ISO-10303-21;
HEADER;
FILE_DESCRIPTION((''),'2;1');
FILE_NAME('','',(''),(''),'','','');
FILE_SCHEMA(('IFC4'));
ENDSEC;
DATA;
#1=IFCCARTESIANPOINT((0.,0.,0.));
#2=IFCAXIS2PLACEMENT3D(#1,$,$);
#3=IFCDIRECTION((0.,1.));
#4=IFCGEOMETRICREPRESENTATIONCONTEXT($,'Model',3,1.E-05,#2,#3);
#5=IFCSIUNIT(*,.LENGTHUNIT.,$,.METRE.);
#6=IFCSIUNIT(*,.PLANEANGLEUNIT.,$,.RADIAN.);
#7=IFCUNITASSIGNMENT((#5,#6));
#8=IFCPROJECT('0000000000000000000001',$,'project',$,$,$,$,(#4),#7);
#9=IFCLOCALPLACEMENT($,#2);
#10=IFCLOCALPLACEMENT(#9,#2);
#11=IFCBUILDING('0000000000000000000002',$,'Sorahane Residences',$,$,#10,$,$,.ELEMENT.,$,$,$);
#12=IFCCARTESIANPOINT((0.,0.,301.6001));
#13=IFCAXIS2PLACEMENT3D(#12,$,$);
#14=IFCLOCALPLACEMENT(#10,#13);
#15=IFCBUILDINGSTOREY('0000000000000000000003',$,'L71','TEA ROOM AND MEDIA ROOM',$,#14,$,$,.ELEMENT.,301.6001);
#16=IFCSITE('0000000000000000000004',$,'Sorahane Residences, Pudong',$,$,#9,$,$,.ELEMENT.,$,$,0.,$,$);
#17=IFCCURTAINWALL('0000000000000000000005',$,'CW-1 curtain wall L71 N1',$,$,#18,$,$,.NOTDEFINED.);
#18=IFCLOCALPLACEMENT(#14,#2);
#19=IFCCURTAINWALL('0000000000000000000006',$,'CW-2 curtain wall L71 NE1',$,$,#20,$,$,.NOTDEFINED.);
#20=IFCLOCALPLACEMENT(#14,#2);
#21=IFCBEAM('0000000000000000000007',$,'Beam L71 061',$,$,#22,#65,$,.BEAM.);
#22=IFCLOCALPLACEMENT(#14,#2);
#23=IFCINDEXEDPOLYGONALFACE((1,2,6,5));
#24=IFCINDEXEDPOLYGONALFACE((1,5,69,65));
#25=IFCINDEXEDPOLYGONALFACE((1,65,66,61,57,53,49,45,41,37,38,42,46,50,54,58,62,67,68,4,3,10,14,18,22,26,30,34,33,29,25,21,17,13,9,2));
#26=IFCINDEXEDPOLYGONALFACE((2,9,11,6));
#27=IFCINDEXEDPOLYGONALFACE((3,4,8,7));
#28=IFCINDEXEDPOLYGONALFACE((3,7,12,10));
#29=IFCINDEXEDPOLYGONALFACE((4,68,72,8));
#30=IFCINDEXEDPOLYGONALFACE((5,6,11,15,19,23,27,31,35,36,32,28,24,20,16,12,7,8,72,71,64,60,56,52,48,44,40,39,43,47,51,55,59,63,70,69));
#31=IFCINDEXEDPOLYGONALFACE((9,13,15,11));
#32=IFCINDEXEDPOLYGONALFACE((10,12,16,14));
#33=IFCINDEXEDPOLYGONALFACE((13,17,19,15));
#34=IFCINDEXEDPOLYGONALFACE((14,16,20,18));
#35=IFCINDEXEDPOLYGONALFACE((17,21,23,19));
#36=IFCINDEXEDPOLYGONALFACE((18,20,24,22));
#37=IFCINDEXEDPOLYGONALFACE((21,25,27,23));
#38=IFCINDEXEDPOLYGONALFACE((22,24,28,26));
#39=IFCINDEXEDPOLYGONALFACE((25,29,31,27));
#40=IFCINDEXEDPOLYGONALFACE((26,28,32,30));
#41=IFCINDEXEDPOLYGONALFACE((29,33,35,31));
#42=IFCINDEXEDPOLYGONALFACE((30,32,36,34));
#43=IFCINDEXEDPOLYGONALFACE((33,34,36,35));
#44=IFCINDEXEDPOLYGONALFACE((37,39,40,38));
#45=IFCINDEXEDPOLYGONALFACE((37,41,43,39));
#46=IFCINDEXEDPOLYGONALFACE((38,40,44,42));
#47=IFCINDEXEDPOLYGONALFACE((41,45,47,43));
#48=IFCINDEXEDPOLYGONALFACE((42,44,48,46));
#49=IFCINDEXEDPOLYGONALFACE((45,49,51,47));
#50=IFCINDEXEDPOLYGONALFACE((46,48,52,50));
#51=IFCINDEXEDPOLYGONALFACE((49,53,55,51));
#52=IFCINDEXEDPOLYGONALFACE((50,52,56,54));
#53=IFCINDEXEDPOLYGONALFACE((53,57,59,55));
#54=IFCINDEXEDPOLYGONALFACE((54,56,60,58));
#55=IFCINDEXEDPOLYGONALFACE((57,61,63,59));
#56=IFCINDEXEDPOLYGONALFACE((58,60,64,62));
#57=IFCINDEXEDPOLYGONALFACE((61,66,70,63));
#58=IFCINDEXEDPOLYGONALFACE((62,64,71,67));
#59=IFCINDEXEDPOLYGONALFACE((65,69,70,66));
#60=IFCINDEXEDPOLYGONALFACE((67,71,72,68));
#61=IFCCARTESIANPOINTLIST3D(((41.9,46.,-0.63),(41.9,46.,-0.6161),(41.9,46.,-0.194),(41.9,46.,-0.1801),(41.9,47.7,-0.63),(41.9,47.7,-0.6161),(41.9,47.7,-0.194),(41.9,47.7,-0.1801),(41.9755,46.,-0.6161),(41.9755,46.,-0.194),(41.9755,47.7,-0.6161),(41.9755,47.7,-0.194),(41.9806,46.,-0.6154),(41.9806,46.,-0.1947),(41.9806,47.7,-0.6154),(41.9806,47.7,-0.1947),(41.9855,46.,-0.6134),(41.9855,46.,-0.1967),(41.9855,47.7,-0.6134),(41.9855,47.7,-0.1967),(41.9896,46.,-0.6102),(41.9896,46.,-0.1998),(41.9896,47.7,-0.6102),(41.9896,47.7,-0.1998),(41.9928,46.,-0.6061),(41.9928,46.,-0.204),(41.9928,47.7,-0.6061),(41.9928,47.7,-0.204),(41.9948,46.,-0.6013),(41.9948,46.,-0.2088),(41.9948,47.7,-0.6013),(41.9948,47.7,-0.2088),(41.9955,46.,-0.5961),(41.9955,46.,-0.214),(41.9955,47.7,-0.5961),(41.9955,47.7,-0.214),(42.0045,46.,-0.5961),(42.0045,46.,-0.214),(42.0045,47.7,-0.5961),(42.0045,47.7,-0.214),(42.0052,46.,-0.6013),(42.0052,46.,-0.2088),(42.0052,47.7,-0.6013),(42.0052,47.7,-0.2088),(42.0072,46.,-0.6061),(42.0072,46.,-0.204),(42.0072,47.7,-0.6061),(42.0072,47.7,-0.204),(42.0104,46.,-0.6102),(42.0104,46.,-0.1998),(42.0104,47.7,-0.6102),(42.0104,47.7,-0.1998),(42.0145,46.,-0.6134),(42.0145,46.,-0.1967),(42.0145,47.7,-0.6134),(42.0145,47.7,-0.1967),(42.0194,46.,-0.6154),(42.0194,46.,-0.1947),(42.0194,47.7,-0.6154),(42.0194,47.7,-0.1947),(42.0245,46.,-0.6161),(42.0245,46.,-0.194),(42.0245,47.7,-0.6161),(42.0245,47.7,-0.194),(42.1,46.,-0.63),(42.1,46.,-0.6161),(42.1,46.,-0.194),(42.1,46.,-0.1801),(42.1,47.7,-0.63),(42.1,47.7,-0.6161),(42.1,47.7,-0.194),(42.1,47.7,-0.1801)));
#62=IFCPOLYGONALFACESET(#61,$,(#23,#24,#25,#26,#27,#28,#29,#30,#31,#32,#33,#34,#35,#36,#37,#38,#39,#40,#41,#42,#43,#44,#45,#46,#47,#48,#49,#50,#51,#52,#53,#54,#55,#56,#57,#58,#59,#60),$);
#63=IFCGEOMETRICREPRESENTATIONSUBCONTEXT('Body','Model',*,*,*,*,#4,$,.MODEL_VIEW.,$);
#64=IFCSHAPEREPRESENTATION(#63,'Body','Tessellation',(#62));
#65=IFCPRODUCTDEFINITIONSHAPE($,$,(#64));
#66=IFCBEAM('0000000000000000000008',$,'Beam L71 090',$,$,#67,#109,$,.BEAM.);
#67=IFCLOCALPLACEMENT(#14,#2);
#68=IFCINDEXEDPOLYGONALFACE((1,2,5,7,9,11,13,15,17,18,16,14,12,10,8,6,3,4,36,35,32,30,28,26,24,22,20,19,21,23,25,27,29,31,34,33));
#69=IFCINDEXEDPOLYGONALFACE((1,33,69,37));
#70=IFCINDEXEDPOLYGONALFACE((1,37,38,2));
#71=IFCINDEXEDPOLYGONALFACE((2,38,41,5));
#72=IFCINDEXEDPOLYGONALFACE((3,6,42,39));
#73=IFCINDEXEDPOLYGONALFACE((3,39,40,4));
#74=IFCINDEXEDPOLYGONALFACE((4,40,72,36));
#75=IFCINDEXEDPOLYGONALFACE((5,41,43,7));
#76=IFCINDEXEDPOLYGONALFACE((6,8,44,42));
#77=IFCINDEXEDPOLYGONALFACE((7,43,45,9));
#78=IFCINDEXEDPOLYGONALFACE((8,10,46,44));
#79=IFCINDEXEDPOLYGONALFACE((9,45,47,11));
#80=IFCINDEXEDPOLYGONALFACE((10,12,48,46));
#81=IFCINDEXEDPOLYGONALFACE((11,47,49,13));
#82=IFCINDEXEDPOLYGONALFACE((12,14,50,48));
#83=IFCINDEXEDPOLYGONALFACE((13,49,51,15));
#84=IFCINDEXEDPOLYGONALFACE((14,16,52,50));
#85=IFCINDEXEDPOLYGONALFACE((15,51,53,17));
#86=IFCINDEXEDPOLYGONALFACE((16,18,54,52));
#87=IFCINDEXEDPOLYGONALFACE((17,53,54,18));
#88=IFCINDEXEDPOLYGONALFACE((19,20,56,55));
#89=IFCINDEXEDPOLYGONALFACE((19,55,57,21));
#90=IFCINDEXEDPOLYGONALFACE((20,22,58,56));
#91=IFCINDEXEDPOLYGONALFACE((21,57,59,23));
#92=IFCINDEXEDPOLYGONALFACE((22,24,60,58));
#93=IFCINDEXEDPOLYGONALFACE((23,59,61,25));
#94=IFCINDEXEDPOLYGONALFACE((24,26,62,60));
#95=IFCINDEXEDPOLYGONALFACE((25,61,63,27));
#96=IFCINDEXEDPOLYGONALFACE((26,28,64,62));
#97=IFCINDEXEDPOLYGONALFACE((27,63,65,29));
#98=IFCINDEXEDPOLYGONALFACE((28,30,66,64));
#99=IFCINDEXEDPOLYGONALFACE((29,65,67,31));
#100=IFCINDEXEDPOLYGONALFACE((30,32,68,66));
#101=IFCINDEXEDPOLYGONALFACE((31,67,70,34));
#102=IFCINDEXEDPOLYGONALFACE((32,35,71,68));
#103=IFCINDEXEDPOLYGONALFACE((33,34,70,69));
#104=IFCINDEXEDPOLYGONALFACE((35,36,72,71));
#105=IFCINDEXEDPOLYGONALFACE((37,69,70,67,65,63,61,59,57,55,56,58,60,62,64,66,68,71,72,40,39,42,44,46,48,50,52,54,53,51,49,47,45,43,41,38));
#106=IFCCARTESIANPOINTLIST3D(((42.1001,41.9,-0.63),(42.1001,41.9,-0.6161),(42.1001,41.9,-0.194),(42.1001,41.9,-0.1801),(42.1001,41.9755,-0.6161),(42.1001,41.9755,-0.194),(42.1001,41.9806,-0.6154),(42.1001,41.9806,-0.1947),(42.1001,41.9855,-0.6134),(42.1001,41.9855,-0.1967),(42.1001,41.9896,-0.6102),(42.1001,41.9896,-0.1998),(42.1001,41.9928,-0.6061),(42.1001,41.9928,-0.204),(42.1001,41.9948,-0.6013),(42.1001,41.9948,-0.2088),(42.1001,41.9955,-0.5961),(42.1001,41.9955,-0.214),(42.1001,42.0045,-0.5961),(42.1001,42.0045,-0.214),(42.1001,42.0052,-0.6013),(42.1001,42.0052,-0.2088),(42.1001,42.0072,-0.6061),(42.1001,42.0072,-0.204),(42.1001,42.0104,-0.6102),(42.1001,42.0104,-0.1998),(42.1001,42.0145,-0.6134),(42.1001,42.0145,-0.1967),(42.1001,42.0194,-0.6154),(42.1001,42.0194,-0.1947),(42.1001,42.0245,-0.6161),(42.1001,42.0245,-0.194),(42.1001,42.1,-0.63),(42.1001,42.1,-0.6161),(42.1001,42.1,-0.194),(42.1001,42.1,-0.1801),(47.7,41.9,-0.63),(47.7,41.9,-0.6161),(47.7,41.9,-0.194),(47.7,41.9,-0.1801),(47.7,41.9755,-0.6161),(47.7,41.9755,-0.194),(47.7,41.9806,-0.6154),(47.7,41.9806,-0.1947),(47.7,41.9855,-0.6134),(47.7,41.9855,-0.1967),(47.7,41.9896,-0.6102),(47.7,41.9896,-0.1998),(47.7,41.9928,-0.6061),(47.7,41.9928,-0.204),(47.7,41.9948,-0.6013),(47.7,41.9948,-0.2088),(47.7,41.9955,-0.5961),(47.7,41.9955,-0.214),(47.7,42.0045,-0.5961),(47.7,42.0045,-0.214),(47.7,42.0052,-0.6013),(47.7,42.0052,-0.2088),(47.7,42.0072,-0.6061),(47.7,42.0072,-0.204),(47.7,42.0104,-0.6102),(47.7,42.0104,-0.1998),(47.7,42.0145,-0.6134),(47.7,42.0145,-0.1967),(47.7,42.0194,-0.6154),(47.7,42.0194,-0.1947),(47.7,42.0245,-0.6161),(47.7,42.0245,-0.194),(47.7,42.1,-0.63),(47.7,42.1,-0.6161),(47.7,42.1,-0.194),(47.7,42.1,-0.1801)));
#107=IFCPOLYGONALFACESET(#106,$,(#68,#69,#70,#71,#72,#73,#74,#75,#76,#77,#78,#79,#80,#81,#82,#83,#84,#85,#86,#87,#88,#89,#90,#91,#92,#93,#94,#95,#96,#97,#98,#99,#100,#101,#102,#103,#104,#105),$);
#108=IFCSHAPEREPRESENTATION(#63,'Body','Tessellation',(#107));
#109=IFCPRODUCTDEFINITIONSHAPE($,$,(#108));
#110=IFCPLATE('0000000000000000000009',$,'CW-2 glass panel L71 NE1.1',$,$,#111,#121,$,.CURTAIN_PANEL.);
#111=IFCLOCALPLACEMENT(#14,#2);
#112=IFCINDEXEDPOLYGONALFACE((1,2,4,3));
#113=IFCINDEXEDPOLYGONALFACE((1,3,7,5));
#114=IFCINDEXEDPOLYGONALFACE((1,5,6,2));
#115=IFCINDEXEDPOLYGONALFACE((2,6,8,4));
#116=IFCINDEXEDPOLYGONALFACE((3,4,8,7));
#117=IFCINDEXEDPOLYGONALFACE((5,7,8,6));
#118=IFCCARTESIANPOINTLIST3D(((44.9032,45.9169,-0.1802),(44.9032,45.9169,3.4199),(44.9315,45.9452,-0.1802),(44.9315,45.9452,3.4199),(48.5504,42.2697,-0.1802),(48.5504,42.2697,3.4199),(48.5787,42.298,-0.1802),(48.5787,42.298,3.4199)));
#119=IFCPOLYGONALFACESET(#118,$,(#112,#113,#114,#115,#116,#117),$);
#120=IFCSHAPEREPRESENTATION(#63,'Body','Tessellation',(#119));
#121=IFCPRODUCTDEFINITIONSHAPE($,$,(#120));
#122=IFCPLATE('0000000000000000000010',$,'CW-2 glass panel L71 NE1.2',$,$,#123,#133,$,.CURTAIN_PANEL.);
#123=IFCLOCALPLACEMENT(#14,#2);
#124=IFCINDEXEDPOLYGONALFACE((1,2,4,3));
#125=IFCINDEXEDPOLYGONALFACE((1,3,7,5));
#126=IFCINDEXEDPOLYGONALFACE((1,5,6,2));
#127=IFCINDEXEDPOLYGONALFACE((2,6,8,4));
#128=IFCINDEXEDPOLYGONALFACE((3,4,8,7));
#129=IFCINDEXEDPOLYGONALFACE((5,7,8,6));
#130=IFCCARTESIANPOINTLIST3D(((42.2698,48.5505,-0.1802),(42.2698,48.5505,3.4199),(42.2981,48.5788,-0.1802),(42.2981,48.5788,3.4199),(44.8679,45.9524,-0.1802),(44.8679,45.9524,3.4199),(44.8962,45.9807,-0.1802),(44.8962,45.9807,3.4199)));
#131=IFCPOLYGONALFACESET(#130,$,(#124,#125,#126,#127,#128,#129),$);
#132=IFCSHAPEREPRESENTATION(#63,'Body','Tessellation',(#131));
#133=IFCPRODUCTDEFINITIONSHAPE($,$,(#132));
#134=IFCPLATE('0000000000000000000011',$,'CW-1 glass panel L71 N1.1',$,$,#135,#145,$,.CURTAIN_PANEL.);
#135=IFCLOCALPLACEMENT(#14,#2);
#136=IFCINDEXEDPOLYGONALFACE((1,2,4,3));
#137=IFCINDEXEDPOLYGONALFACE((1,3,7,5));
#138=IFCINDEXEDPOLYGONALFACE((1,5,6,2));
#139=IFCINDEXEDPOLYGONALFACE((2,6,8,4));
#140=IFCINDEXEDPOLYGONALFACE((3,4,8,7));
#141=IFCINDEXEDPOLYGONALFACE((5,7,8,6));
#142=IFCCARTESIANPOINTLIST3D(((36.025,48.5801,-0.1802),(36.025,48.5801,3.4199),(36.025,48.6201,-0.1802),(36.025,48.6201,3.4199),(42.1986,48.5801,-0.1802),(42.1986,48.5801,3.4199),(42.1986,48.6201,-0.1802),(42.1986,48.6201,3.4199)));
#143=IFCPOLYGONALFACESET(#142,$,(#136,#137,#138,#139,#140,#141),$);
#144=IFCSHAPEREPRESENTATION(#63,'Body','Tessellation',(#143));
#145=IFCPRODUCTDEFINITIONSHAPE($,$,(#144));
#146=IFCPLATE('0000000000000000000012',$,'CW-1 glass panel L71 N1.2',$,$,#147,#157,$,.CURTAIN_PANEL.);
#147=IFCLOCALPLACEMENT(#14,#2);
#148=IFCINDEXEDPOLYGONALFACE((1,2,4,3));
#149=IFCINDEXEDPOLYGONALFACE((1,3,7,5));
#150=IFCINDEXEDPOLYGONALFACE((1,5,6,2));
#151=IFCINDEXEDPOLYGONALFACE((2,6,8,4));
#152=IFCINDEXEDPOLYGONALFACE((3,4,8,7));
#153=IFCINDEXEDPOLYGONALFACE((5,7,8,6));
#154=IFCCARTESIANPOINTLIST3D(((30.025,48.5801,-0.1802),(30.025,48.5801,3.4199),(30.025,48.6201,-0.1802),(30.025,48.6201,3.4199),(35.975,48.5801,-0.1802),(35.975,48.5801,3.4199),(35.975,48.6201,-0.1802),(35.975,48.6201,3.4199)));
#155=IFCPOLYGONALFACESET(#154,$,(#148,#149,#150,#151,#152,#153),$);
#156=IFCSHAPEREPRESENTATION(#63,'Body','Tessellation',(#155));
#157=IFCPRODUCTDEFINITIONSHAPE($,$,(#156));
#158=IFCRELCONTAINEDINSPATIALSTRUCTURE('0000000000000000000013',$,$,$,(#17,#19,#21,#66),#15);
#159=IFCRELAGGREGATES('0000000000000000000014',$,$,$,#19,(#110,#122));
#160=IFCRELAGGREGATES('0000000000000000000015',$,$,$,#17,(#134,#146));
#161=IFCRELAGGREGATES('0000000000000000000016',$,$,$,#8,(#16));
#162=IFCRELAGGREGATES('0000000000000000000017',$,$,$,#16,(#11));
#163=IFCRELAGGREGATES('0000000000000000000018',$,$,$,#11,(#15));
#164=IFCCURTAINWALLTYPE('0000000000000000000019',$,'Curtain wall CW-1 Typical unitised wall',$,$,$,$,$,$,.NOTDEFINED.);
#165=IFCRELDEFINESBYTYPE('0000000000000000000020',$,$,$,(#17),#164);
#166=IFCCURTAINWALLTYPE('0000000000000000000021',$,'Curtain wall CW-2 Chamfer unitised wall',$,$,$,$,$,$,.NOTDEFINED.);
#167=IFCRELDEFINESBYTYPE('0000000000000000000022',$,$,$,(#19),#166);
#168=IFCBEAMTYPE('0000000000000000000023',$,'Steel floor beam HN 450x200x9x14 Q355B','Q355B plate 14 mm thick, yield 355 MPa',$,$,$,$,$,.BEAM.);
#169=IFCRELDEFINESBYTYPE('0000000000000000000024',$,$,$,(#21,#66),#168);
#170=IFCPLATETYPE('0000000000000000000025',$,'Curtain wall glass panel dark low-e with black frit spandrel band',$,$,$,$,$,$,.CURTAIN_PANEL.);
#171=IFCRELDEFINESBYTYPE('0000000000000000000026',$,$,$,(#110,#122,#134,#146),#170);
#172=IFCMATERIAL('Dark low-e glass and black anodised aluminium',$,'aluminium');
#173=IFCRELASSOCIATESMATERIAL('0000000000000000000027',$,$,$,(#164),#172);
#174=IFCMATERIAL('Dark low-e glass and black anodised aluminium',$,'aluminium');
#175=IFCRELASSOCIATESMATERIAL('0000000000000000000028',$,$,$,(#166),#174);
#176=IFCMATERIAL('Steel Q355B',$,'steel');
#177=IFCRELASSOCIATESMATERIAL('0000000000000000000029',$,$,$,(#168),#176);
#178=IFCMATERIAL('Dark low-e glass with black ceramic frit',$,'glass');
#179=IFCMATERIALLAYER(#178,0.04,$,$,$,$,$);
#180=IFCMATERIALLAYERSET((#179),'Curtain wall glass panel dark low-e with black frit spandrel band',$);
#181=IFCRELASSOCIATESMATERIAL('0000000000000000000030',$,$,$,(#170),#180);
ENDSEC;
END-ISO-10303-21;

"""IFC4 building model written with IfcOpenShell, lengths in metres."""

from ifc_helpers import new_model, si_unit, direction, frame, origin, origin_2d, place, context, subcontext, project, spatial, rectangle, i_section, extrude, material, layer, layer_set, material_profile, profile_set, type_object, element, aggregate, save


model = new_model("IFC4")

# Units and contexts
model_context = context("Model", 3, precision=1e-05, world=origin(), true_north=direction((0.0, 1.0)))
body_context = subcontext(model_context, "Body", "Model", "MODEL_VIEW")
ifc_project = project(units=[si_unit("LENGTHUNIT", "METRE"), si_unit("PLANEANGLEUNIT", "RADIAN")], contexts=[model_context])

# Site, building, storey
site_placement = place(None, origin())
site = spatial("IfcSite", under=ifc_project, at=site_placement, Name="Sorahane Residences, Pudong", CompositionType="ELEMENT", RefElevation=0.0)
building_placement = place(site_placement, origin())
building = spatial("IfcBuilding", under=site, at=building_placement, Name="Sorahane Residences", CompositionType="ELEMENT")
storey_placement = place(building_placement, frame((0.0, 0.0, 301.6001)))
storey = spatial("IfcBuildingStorey", under=building, at=storey_placement, Name="L71", Description="TEA ROOM AND MEDIA ROOM", CompositionType="ELEMENT", Elevation=301.6001)

# Curtain wall
ifc_material_1 = material(Name="Dark low-e glass and black anodised aluminium", Category="aluminium")
curtain_wall_type_1 = type_object("IfcCurtainWallType", Name="Curtain wall CW-1 Typical unitised wall", PredefinedType="NOTDEFINED", material=ifc_material_1)
curtain_wall_1_placement = place(storey_placement, origin())
curtain_wall_1 = element("IfcCurtainWall", 1, at=curtain_wall_1_placement, inside=storey, type_object=curtain_wall_type_1, Name="CW-1 curtain wall L71 N1", PredefinedType="NOTDEFINED")

# Curtain wall
ifc_material_2 = material(Name="Dark low-e glass and black anodised aluminium", Category="aluminium")
curtain_wall_type_2 = type_object("IfcCurtainWallType", Name="Curtain wall CW-2 Chamfer unitised wall", PredefinedType="NOTDEFINED", material=ifc_material_2)
curtain_wall_2_placement = place(storey_placement, origin())
curtain_wall_2 = element("IfcCurtainWall", 2, at=curtain_wall_2_placement, inside=storey, type_object=curtain_wall_type_2, Name="CW-2 curtain wall L71 NE1", PredefinedType="NOTDEFINED")

# Beams
ifc_material_3 = material(Name="Steel Q355B", Category="steel")
ifc_material_profile_1 = material_profile(ifc_material_3, i_section(OverallWidth=0.2, OverallDepth=0.45, WebThickness=0.009, FlangeThickness=0.0139, FilletRadius=0.02, at=origin_2d()), Name="HN 450x200x9x14")
ifc_profile_set_1 = profile_set([ifc_material_profile_1], Name="Steel Q355B")
beam_type = type_object("IfcBeamType", Name="Steel floor beam HN 450x200x9x14 Q355B", Description="Q355B plate 14 mm thick, yield 355 MPa", PredefinedType="BEAM", material=ifc_profile_set_1)
for number, where, z_axis, x_axis, name in (
    (3, (42.0, 46.0, -0.405), (0.0, 1.0, 0.0), (-1.0, 0.0, 0.0), "Beam L71 061"),
):
    element("IfcBeam", number, at=place(storey_placement, frame(where, z_axis=z_axis, x_axis=x_axis)), inside=storey, type_object=beam_type, Name=name, PredefinedType="BEAM", context=body_context, shape_type="SweptSolid", body=[
        extrude(i_section(OverallWidth=0.2, OverallDepth=0.45, WebThickness=0.009, FlangeThickness=0.0139, FilletRadius=0.02, at=origin_2d()), origin(), (0.0, 0.0, 1.0), 1.7),
    ])
beam_1_placement = place(storey_placement, frame((42.1001, 42.0, -0.405), z_axis=(1.0, 0.0, 0.0), x_axis=(0.0, 1.0, 0.0)))
element("IfcBeam", 4, at=beam_1_placement, inside=storey, type_object=beam_type, Name="Beam L71 090", PredefinedType="BEAM", context=body_context, shape_type="SweptSolid", body=[
    extrude(i_section(OverallWidth=0.2, OverallDepth=0.45, WebThickness=0.009, FlangeThickness=0.0139, FilletRadius=0.02, at=origin_2d()), origin(), (0.0, 0.0, 1.0), 5.5999),
])

# Plates
ifc_material_4 = material(Name="Dark low-e glass with black ceramic frit", Category="glass")
ifc_layer_1 = layer(ifc_material_4, 0.04)
ifc_layer_set_1 = layer_set([ifc_layer_1], Name="Curtain wall glass panel dark low-e with black frit spandrel band")
plate_type = type_object("IfcPlateType", Name="Curtain wall glass panel dark low-e with black frit spandrel band", PredefinedType="CURTAIN_PANEL", material=ifc_layer_set_1)
plate_1_placement = place(storey_placement, frame((46.741, 44.1074, -0.1802), z_axis=(0.0, 0.0, 1.0), x_axis=(-0.707107, 0.707107, 0.0)))
plate_1 = element("IfcPlate", 5, at=plate_1_placement, type_object=plate_type, Name="CW-2 glass panel L71 NE1.1", PredefinedType="CURTAIN_PANEL", context=body_context, shape_type="SweptSolid", body=[
    extrude(rectangle(XDim=5.158, YDim=0.04, at=origin_2d()), origin(), (0.0, 0.0, 1.0), 3.6001),
])
plate_2_placement = place(storey_placement, frame((43.583, 47.2656, -0.1802), z_axis=(0.0, 0.0, 1.0), x_axis=(-0.707107, 0.707107, 0.0)))
plate_2 = element("IfcPlate", 6, at=plate_2_placement, type_object=plate_type, Name="CW-2 glass panel L71 NE1.2", PredefinedType="CURTAIN_PANEL", context=body_context, shape_type="SweptSolid", body=[
    extrude(rectangle(XDim=3.6743, YDim=0.04, at=origin_2d()), origin(), (0.0, 0.0, 1.0), 3.6001),
])
aggregate(curtain_wall_2, [plate_1, plate_2])
plate_3_placement = place(storey_placement, frame((39.1118, 48.6001, -0.1802), z_axis=(0.0, 0.0, 1.0), x_axis=(-1.0, 0.0, 0.0)))
plate_3 = element("IfcPlate", 7, at=plate_3_placement, type_object=plate_type, Name="CW-1 glass panel L71 N1.1", PredefinedType="CURTAIN_PANEL", context=body_context, shape_type="SweptSolid", body=[
    extrude(rectangle(XDim=6.1736, YDim=0.04, at=origin_2d()), origin(), (0.0, 0.0, 1.0), 3.6001),
])
plate_4_placement = place(storey_placement, frame((33.0, 48.6001, -0.1802), z_axis=(0.0, 0.0, 1.0), x_axis=(-1.0, 0.0, 0.0)))
plate_4 = element("IfcPlate", 8, at=plate_4_placement, type_object=plate_type, Name="CW-1 glass panel L71 N1.2", PredefinedType="CURTAIN_PANEL", context=body_context, shape_type="SweptSolid", body=[
    extrude(rectangle(XDim=5.95, YDim=0.04, at=origin_2d()), origin(), (0.0, 0.0, 1.0), 3.6001),
])
aggregate(curtain_wall_1, [plate_3, plate_4])

save(model, "model.ifc")
